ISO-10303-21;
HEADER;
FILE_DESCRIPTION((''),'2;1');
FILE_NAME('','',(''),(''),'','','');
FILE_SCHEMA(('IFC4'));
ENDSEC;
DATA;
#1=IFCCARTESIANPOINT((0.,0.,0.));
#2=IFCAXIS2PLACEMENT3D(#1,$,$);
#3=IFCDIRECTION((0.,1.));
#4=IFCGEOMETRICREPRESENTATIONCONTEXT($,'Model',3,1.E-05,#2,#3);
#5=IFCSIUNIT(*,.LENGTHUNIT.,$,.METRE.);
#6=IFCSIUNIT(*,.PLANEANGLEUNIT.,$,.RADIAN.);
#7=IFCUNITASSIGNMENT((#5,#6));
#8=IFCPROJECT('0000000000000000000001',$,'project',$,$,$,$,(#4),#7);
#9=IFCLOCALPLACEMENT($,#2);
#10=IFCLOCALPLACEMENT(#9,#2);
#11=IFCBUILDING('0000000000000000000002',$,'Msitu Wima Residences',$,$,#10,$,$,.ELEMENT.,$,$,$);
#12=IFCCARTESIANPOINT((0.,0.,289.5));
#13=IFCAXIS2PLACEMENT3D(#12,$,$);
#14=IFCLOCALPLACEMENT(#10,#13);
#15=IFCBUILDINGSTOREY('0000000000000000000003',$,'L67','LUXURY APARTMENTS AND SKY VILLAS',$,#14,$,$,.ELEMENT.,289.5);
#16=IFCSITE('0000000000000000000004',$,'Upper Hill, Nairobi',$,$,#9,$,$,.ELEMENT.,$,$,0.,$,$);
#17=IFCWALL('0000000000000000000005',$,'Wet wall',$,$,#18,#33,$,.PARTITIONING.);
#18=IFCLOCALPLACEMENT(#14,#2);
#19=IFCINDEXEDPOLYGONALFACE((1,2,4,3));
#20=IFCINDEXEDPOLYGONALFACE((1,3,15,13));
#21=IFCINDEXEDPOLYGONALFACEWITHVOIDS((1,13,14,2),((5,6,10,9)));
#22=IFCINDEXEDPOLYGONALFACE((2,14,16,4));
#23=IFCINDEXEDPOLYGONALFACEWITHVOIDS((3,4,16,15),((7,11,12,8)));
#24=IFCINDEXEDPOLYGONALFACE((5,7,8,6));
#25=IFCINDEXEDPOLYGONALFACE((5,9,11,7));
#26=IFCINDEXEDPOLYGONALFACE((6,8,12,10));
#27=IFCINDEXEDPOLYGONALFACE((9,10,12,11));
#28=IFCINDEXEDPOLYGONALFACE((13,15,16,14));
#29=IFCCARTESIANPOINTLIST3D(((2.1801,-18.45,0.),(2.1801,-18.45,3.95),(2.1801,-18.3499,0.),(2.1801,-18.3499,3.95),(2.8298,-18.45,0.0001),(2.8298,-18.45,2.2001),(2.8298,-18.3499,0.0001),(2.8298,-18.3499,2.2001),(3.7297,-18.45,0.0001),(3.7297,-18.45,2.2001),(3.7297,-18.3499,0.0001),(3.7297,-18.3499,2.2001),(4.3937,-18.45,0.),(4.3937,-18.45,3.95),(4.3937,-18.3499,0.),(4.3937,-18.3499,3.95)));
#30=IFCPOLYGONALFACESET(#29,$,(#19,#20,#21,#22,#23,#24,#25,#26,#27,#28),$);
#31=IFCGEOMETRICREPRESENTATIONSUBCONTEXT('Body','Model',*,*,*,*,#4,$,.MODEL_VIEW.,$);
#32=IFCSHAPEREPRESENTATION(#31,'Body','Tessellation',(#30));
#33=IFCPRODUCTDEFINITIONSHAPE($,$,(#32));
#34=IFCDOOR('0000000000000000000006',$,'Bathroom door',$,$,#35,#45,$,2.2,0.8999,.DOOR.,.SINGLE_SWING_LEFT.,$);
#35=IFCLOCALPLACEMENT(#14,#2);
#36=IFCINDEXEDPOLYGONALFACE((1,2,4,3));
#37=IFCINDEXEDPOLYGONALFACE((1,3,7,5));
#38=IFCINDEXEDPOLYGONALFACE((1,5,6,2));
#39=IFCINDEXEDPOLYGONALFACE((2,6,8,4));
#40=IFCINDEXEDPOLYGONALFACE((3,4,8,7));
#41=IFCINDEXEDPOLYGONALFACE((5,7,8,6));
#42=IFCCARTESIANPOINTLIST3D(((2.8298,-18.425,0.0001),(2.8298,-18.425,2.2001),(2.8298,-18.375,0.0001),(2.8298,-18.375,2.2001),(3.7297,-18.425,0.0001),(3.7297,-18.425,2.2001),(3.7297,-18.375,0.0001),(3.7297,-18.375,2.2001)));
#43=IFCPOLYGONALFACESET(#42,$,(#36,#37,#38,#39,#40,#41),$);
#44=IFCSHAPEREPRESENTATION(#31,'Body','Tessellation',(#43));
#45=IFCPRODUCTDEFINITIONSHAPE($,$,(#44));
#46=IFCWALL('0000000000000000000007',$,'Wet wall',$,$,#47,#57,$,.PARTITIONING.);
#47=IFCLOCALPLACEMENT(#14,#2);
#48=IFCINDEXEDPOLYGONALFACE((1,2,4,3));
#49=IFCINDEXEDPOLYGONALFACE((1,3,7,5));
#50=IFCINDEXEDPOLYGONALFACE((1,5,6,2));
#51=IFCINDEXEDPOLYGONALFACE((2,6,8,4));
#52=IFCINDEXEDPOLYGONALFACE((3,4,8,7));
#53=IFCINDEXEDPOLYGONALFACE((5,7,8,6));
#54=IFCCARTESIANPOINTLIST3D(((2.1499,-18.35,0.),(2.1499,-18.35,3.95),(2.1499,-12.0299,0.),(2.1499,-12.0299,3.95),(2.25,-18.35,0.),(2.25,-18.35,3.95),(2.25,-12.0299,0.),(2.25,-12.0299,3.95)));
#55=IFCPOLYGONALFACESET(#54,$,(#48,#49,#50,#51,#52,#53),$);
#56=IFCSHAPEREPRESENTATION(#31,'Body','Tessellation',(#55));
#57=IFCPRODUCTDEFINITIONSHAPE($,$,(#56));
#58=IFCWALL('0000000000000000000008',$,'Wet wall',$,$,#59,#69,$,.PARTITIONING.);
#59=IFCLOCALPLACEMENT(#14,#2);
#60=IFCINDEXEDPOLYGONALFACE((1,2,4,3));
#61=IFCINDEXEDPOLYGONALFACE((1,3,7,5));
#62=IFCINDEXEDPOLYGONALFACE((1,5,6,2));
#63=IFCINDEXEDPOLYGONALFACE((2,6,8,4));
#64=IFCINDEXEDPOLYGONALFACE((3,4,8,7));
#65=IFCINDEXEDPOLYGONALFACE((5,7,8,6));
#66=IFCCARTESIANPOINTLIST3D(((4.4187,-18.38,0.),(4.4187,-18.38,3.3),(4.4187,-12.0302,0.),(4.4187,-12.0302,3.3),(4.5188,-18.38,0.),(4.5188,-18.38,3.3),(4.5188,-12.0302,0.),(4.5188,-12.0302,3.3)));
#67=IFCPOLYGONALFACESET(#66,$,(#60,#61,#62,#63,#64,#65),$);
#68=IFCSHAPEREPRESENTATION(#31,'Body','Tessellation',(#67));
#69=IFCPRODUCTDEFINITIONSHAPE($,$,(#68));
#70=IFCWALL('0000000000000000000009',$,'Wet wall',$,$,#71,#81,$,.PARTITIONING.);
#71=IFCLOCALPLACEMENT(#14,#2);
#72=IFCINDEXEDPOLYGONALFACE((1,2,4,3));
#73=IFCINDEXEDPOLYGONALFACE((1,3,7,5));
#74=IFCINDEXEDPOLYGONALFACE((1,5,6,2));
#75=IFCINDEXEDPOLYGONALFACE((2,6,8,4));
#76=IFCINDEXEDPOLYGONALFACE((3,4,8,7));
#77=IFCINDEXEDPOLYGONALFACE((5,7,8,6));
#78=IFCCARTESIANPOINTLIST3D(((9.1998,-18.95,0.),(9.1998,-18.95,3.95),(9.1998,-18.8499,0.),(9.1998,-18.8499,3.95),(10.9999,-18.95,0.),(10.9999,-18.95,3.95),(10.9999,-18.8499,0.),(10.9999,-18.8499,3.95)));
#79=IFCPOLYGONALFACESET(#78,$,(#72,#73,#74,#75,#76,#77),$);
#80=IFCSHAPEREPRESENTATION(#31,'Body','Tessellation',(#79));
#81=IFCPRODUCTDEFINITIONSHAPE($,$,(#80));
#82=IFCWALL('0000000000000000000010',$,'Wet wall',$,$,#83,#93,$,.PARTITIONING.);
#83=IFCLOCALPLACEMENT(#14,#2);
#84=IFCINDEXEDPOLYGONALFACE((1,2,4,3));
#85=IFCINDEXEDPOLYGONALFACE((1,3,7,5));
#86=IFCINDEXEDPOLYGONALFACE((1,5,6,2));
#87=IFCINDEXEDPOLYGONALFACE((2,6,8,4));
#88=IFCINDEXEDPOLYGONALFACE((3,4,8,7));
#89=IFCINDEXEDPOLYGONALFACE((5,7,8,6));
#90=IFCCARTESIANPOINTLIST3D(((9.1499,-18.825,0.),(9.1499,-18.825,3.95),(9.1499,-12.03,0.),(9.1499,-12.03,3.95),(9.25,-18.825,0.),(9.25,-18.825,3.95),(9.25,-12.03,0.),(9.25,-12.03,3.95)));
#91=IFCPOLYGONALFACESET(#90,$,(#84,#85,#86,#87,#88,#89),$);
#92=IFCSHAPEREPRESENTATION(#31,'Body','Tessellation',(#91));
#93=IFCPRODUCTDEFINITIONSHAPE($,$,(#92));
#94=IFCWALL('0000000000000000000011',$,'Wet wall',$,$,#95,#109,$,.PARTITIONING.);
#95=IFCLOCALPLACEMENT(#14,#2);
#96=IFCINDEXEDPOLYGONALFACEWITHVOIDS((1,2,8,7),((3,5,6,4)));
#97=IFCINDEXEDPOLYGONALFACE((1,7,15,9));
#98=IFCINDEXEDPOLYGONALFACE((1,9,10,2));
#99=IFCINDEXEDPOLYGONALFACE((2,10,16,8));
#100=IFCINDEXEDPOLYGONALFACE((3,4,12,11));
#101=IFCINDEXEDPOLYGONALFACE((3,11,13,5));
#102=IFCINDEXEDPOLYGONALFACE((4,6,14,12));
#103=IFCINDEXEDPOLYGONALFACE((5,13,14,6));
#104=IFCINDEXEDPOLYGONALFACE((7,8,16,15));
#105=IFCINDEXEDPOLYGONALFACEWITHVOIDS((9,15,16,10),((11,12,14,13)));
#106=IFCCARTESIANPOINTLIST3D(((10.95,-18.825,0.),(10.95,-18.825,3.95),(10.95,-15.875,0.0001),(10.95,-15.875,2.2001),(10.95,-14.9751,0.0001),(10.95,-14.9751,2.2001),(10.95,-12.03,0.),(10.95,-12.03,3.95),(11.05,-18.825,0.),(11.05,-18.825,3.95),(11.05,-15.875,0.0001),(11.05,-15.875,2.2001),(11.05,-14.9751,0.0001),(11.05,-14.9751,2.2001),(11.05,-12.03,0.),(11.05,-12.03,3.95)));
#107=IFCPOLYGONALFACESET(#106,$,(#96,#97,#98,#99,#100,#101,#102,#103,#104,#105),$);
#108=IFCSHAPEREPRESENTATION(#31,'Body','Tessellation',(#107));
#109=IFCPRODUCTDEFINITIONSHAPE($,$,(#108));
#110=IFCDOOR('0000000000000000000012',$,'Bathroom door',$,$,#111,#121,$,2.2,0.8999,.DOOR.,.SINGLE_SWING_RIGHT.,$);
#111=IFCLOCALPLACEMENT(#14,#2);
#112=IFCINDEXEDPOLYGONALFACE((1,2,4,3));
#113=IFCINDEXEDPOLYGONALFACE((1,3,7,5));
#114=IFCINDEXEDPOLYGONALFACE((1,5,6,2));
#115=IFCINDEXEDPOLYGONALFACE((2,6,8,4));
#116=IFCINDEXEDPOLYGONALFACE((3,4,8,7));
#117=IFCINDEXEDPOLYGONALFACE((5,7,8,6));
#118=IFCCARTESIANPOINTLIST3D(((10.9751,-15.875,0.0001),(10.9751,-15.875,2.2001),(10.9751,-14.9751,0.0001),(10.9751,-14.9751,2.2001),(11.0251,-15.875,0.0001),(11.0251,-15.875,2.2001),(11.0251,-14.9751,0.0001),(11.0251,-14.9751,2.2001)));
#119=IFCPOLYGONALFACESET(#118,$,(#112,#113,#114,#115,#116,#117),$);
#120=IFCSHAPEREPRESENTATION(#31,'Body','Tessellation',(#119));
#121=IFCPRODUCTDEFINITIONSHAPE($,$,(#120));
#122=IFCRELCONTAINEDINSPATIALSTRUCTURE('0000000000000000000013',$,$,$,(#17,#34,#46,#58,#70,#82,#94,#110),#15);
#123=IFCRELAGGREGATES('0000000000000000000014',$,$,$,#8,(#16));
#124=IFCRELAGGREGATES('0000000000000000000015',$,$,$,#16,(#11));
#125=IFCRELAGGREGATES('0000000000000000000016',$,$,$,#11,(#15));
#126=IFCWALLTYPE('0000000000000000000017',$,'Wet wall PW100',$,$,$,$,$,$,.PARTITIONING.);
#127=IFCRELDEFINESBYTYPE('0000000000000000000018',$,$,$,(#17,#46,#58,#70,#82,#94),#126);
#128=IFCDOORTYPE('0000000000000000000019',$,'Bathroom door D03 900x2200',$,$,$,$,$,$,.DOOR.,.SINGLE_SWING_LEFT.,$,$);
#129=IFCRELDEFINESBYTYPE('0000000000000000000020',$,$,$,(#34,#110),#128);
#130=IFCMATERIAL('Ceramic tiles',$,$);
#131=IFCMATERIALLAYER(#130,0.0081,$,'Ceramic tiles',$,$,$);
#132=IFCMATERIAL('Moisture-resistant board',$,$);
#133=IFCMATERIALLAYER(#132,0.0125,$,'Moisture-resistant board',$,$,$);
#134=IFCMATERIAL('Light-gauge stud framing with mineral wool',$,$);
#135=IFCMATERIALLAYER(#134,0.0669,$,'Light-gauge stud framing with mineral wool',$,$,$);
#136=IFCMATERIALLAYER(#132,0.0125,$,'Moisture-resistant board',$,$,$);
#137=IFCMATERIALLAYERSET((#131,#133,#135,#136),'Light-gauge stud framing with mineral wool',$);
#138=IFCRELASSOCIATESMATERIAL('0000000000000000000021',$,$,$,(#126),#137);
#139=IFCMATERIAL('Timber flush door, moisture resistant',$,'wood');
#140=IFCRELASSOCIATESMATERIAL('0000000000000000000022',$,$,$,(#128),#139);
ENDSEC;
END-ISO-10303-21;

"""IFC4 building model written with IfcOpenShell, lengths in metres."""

from ifc_helpers import new_model, si_unit, direction, frame, frame_2d, origin, place, context, subcontext, project, spatial, rectangle, extrude, material, layer, layer_set, type_object, element, fill, save


model = new_model("IFC4")

# Units and contexts
model_context = context("Model", 3, precision=1e-05, world=origin(), true_north=direction((0.0, 1.0)))
body_context = subcontext(model_context, "Body", "Model", "MODEL_VIEW")
ifc_project = project(units=[si_unit("LENGTHUNIT", "METRE"), si_unit("PLANEANGLEUNIT", "RADIAN")], contexts=[model_context])

# Site, building, storey
site_placement = place(None, origin())
site = spatial("IfcSite", under=ifc_project, at=site_placement, Name="Upper Hill, Nairobi", CompositionType="ELEMENT", RefElevation=0.0)
building_placement = place(site_placement, origin())
building = spatial("IfcBuilding", under=site, at=building_placement, Name="Msitu Wima Residences", CompositionType="ELEMENT")
storey_placement = place(building_placement, frame((0.0, 0.0, 289.5)))
storey = spatial("IfcBuildingStorey", under=building, at=storey_placement, Name="L67", Description="LUXURY APARTMENTS AND SKY VILLAS", CompositionType="ELEMENT", Elevation=289.5)

# Wall, opening, door
ifc_material_1 = material(Name="Ceramic tiles")
ifc_layer_1 = layer(ifc_material_1, 0.0081, Name="Ceramic tiles")
ifc_material_2 = material(Name="Moisture-resistant board")
ifc_layer_2 = layer(ifc_material_2, 0.0125, Name="Moisture-resistant board")
ifc_material_3 = material(Name="Light-gauge stud framing with mineral wool")
ifc_layer_3 = layer(ifc_material_3, 0.0669, Name="Light-gauge stud framing with mineral wool")
ifc_layer_4 = layer(ifc_material_2, 0.0125, Name="Moisture-resistant board")
ifc_layer_set_1 = layer_set([ifc_layer_1, ifc_layer_2, ifc_layer_3, ifc_layer_4], Name="Light-gauge stud framing with mineral wool")
wall_type_1 = type_object("IfcWallType", Name="Wet wall PW100", PredefinedType="PARTITIONING", material=ifc_layer_set_1)
wall_1_placement = place(storey_placement, frame((2.1799, -18.3999, 0.0), z_axis=(0.0, 0.0, 1.0), x_axis=(1.0, 0.0, 0.0)))
wall_1 = element("IfcWall", 1, at=wall_1_placement, inside=storey, type_object=wall_type_1, Name="Wet wall", PredefinedType="PARTITIONING", context=body_context, shape_type="SweptSolid", body=[
    extrude(rectangle(XDim=2.2136, YDim=0.1001, at=frame_2d((1.1069, 0.0))), origin(), (0.0, 0.0, 1.0), 3.95),
])
opening_1_placement = place(wall_1_placement, frame((0.6499, 0.0, 0.0)))
opening_1 = element("IfcOpeningElement", 2, at=opening_1_placement, cuts=wall_1, PredefinedType="OPENING", context=body_context, shape_type="SweptSolid", body=[
    extrude(rectangle(XDim=0.8999, YDim=2.2, at=frame_2d((0.45, 1.1001))), frame((0.0, 0.0601, 0.0), z_axis=(0.0, -1.0, 0.0), x_axis=(1.0, 0.0, 0.0)), (0.0, 0.0, 1.0), 0.1201),
])
ifc_material_4 = material(Name="Timber flush door, moisture resistant", Category="wood")
door_type_1 = type_object("IfcDoorType", Name="Bathroom door D03 900x2200", OperationType="SINGLE_SWING_LEFT", PredefinedType="DOOR", material=ifc_material_4)
door_1_placement = place(opening_1_placement, origin())
door_1 = element("IfcDoor", 3, at=door_1_placement, inside=storey, type_object=door_type_1, Name="Bathroom door", OperationType="SINGLE_SWING_LEFT", OverallHeight=2.2, OverallWidth=0.8999, PredefinedType="DOOR", context=body_context, shape_type="SweptSolid", body=[
    extrude(rectangle(XDim=0.8999, YDim=2.2, at=frame_2d((0.45, 1.1001))), frame((0.0, 0.0249, 0.0), z_axis=(0.0, -1.0, 0.0), x_axis=(1.0, 0.0, 0.0)), (0.0, 0.0, 1.0), 0.05),
])
fill(opening_1, door_1)

# Walls
wall_2_placement = place(storey_placement, frame((2.2, -18.3501, 0.0), z_axis=(0.0, 0.0, 1.0), x_axis=(0.0, 1.0, 0.0)))
element("IfcWall", 4, at=wall_2_placement, inside=storey, type_object=wall_type_1, Name="Wet wall", PredefinedType="PARTITIONING", context=body_context, shape_type="SweptSolid", body=[
    extrude(rectangle(XDim=6.3201, YDim=0.1001, at=frame_2d((3.1602, 0.0))), origin(), (0.0, 0.0, 1.0), 3.95),
])
wall_3_placement = place(storey_placement, frame((4.4688, -18.3799, 0.0), z_axis=(0.0, 0.0, 1.0), x_axis=(0.0, 1.0, 0.0)))
element("IfcWall", 5, at=wall_3_placement, inside=storey, type_object=wall_type_1, Name="Wet wall", PredefinedType="PARTITIONING", context=body_context, shape_type="SweptSolid", body=[
    extrude(rectangle(XDim=6.3499, YDim=0.1001, at=frame_2d((3.1748, 0.0))), origin(), (0.0, 0.0, 1.0), 3.3),
])
wall_4_placement = place(storey_placement, frame((9.2, -18.8999, 0.0), z_axis=(0.0, 0.0, 1.0), x_axis=(1.0, 0.0, 0.0)))
element("IfcWall", 6, at=wall_4_placement, inside=storey, type_object=wall_type_1, Name="Wet wall", PredefinedType="PARTITIONING", context=body_context, shape_type="SweptSolid", body=[
    extrude(rectangle(XDim=1.8, YDim=0.1001, at=frame_2d((0.8999, 0.0))), origin(), (0.0, 0.0, 1.0), 3.95),
])
wall_5_placement = place(storey_placement, frame((9.2, -18.825, 0.0), z_axis=(0.0, 0.0, 1.0), x_axis=(0.0, 1.0, 0.0)))
element("IfcWall", 7, at=wall_5_placement, inside=storey, type_object=wall_type_1, Name="Wet wall", PredefinedType="PARTITIONING", context=body_context, shape_type="SweptSolid", body=[
    extrude(rectangle(XDim=6.7949, YDim=0.1001, at=frame_2d((3.3975, 0.0))), origin(), (0.0, 0.0, 1.0), 3.95),
])

# Wall, opening, door
wall_6_placement = place(storey_placement, frame((11.0, -18.825, 0.0), z_axis=(0.0, 0.0, 1.0), x_axis=(0.0, 1.0, 0.0)))
wall_6 = element("IfcWall", 8, at=wall_6_placement, inside=storey, type_object=wall_type_1, Name="Wet wall", PredefinedType="PARTITIONING", context=body_context, shape_type="SweptSolid", body=[
    extrude(rectangle(XDim=6.7949, YDim=0.1001, at=frame_2d((3.3975, 0.0))), origin(), (0.0, 0.0, 1.0), 3.95),
])
opening_2_placement = place(wall_6_placement, frame((2.95, 0.0, 0.0)))
opening_2 = element("IfcOpeningElement", 9, at=opening_2_placement, cuts=wall_6, PredefinedType="OPENING", context=body_context, shape_type="SweptSolid", body=[
    extrude(rectangle(XDim=0.8999, YDim=2.2, at=frame_2d((0.45, 1.1001))), frame((0.0, 0.0601, 0.0), z_axis=(0.0, -1.0, 0.0), x_axis=(1.0, 0.0, 0.0)), (0.0, 0.0, 1.0), 0.1201),
])
door_2_placement = place(opening_2_placement, origin())
door_2 = element("IfcDoor", 10, at=door_2_placement, inside=storey, type_object=door_type_1, Name="Bathroom door", OperationType="SINGLE_SWING_RIGHT", OverallHeight=2.2, OverallWidth=0.8999, PredefinedType="DOOR", context=body_context, shape_type="SweptSolid", body=[
    extrude(rectangle(XDim=0.8999, YDim=2.2, at=frame_2d((0.45, 1.1001))), frame((0.0, 0.0249, 0.0), z_axis=(0.0, -1.0, 0.0), x_axis=(1.0, 0.0, 0.0)), (0.0, 0.0, 1.0), 0.05),
])
fill(opening_2, door_2)

save(model, "model.ifc")
